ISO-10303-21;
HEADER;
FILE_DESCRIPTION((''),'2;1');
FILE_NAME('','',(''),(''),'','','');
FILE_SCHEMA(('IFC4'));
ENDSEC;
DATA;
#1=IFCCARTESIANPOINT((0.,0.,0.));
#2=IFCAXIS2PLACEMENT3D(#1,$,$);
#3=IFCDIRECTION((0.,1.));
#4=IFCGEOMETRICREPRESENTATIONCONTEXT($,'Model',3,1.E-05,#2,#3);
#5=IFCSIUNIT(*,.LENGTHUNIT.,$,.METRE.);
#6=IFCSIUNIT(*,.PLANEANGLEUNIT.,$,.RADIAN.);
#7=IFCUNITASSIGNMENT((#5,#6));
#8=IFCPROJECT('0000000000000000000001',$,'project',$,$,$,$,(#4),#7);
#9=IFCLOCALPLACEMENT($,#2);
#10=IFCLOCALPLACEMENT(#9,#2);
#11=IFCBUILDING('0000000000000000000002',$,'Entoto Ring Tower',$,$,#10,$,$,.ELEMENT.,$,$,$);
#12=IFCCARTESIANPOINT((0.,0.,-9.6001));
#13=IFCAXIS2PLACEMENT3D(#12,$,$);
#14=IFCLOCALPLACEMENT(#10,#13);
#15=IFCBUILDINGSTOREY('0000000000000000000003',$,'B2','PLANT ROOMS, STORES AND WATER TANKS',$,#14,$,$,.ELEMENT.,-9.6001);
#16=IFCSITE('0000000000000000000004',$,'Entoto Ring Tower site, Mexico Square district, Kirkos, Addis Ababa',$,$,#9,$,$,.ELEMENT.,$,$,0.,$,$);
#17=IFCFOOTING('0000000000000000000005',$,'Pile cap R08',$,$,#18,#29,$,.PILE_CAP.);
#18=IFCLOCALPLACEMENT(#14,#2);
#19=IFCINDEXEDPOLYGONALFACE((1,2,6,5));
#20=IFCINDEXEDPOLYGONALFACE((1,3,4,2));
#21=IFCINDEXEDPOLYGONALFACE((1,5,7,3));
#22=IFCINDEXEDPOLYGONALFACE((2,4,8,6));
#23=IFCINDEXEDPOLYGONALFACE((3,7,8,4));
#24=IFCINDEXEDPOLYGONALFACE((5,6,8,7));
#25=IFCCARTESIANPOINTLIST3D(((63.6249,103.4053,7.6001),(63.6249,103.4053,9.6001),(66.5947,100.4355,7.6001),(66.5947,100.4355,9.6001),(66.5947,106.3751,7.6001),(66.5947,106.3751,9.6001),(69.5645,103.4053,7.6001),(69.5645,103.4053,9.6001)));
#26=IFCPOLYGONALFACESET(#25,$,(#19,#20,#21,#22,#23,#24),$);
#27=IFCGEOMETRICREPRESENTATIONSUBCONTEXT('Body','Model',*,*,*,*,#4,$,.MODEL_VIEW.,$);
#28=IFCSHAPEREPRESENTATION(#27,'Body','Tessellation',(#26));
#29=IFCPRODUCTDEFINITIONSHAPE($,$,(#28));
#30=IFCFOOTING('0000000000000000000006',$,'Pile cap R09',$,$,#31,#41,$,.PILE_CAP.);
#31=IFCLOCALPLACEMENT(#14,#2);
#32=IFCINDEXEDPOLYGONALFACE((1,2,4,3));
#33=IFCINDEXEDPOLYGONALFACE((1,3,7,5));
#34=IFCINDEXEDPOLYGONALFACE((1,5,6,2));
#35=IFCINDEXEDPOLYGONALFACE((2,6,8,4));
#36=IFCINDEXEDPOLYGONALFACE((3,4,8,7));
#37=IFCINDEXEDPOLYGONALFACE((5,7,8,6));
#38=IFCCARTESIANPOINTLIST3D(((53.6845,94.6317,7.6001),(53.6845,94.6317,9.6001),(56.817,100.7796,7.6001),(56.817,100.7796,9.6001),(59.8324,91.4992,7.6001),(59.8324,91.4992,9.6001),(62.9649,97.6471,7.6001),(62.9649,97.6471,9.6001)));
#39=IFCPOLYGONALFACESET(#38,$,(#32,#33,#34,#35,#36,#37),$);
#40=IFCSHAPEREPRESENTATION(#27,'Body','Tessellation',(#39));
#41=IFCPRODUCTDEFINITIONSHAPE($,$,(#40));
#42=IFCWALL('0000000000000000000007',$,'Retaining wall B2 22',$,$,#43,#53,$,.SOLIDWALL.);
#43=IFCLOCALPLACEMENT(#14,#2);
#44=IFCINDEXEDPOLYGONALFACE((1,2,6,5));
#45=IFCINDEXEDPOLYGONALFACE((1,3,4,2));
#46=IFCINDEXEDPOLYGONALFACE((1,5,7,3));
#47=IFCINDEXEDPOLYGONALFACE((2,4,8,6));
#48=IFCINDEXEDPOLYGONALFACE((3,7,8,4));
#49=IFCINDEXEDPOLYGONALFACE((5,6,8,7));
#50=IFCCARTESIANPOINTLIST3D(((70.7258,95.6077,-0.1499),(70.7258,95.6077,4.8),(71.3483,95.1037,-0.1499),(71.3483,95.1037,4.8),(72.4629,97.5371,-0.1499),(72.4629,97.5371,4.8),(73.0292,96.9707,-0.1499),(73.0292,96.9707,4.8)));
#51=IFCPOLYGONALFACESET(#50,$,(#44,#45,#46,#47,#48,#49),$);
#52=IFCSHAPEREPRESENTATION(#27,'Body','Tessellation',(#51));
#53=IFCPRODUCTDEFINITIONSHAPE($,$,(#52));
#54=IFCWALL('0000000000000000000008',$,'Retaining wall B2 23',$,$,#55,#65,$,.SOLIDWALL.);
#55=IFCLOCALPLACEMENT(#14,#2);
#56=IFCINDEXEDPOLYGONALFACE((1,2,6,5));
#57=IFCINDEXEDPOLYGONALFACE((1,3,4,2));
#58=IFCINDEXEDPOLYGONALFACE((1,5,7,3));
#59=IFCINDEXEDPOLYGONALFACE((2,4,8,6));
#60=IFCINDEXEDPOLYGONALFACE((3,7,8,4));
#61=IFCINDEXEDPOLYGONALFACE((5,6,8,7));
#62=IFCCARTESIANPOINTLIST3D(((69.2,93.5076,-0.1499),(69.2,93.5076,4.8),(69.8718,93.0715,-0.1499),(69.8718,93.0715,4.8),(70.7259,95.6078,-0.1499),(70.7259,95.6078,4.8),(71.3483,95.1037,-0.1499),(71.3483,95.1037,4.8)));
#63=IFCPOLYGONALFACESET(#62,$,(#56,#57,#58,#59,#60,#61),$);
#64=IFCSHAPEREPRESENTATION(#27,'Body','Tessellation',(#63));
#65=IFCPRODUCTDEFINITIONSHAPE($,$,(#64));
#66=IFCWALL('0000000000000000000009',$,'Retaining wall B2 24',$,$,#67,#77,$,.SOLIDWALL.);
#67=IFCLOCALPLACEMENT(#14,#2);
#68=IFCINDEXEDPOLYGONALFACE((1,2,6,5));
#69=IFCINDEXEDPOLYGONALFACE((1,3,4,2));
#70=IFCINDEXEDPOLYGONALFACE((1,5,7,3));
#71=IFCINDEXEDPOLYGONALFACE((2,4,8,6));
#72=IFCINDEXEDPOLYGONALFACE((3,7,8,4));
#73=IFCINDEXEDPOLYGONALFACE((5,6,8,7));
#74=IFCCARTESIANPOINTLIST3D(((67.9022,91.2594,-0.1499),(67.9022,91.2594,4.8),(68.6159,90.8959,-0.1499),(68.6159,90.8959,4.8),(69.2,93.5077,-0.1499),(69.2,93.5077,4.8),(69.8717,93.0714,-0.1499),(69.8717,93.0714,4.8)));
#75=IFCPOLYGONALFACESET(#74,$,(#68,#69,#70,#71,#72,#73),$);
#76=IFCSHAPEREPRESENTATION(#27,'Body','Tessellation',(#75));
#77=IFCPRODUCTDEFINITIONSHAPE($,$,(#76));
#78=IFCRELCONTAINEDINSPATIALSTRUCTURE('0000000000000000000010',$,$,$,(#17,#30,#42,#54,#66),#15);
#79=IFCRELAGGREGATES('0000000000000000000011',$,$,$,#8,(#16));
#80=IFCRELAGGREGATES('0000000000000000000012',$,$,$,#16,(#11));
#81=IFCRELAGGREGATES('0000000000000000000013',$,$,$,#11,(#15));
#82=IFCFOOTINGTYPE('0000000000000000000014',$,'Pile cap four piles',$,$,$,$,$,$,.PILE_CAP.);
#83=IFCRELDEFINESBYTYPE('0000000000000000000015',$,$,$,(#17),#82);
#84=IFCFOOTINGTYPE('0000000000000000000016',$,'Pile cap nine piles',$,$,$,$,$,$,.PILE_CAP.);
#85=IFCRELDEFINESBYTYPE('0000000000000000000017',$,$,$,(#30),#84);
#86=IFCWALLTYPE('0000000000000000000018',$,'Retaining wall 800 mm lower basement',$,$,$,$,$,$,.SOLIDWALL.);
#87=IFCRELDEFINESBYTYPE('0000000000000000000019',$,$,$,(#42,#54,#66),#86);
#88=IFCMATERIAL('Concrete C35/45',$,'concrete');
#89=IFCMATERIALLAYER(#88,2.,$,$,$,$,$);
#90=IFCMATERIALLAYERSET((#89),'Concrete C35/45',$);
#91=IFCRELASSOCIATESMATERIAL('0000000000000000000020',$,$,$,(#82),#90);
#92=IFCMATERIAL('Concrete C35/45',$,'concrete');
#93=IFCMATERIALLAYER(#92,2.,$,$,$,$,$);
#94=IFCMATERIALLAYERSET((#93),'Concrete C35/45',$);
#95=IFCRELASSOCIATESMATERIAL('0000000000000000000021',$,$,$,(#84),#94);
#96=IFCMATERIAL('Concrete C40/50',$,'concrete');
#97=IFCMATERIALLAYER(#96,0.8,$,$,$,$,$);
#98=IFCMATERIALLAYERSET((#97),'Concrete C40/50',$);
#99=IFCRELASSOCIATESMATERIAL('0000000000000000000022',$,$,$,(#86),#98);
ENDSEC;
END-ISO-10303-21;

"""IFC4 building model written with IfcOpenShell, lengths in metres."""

from ifc_helpers import new_model, si_unit, direction, frame, origin, origin_2d, place, context, subcontext, project, spatial, polyline, rectangle, outline, extrude, material, layer, layer_set, type_object, element, save


model = new_model("IFC4")

# Units and contexts
model_context = context("Model", 3, precision=1e-05, world=origin(), true_north=direction((0.0, 1.0)))
body_context = subcontext(model_context, "Body", "Model", "MODEL_VIEW")
ifc_project = project(units=[si_unit("LENGTHUNIT", "METRE"), si_unit("PLANEANGLEUNIT", "RADIAN")], contexts=[model_context])

# Site, building, storey
site_placement = place(None, origin())
site = spatial("IfcSite", under=ifc_project, at=site_placement, Name="Entoto Ring Tower site, Mexico Square district, Kirkos, Addis Ababa", CompositionType="ELEMENT", RefElevation=0.0)
building_placement = place(site_placement, origin())
building = spatial("IfcBuilding", under=site, at=building_placement, Name="Entoto Ring Tower", CompositionType="ELEMENT")
storey_placement = place(building_placement, frame((0.0, 0.0, -9.6001)))
storey = spatial("IfcBuildingStorey", under=building, at=storey_placement, Name="B2", Description="PLANT ROOMS, STORES AND WATER TANKS", CompositionType="ELEMENT", Elevation=-9.6001)

# Footings
ifc_material_1 = material(Name="Concrete C35/45", Category="concrete")
ifc_layer_1 = layer(ifc_material_1, 2.0)
ifc_layer_set_1 = layer_set([ifc_layer_1], Name="Concrete C35/45")
footing_type_1 = type_object("IfcFootingType", Name="Pile cap four piles", PredefinedType="PILE_CAP", material=ifc_layer_set_1)
footing_1_placement = place(storey_placement, frame((66.5947, 103.4053, 7.6001), z_axis=(0.0, 0.0, 1.0), x_axis=(-0.707107, 0.707107, 0.0)))
element("IfcFooting", 1, at=footing_1_placement, inside=storey, type_object=footing_type_1, Name="Pile cap R08", PredefinedType="PILE_CAP", context=body_context, shape_type="SweptSolid", body=[
    extrude(rectangle(XDim=4.2, YDim=4.2, at=origin_2d()), origin(), (0.0, 0.0, 1.0), 2.0),
])
ifc_material_2 = material(Name="Concrete C35/45", Category="concrete")
ifc_layer_2 = layer(ifc_material_2, 2.0)
ifc_layer_set_2 = layer_set([ifc_layer_2], Name="Concrete C35/45")
footing_type_2 = type_object("IfcFootingType", Name="Pile cap nine piles", PredefinedType="PILE_CAP", material=ifc_layer_set_2)
footing_2_placement = place(storey_placement, frame((58.3247, 96.1394, 7.6001), z_axis=(0.0, 0.0, 1.0), x_axis=(-0.891007, 0.45399, 0.0)))
element("IfcFooting", 2, at=footing_2_placement, inside=storey, type_object=footing_type_2, Name="Pile cap R09", PredefinedType="PILE_CAP", context=body_context, shape_type="SweptSolid", body=[
    extrude(rectangle(XDim=6.8999, YDim=6.8999, at=origin_2d()), origin(), (0.0, 0.0, 1.0), 2.0),
])

# Walls
ifc_material_3 = material(Name="Concrete C40/50", Category="concrete")
ifc_layer_3 = layer(ifc_material_3, 0.8)
ifc_layer_set_3 = layer_set([ifc_layer_3], Name="Concrete C40/50")
wall_type = type_object("IfcWallType", Name="Retaining wall 800 mm lower basement", PredefinedType="SOLIDWALL", material=ifc_layer_set_3)
wall_placement = place(storey_placement, frame((72.7461, 97.2539, -0.1499), z_axis=(0.0, 0.0, 1.0), x_axis=(-0.669097, -0.743175, 0.0)))
element("IfcWall", 3, at=wall_placement, inside=storey, type_object=wall_type, Name="Retaining wall B2 22", PredefinedType="SOLIDWALL", context=body_context, shape_type="SweptSolid", body=[
    extrude(outline(polyline([(-0.021, -0.3999), (2.5752, -0.3999), (2.5332, 0.3999), (0.021, 0.3999), (-0.021, -0.3999)])), origin(), (0.0, 0.0, 1.0), 4.95),
])
for number, where, z_axis, x_axis, name in (
    (4, (71.0371, 95.3557, -0.1499), (0.0, 0.0, 1.0), (-0.587802, -0.809005, 0.0), "Retaining wall B2 23"),
    (5, (69.5359, 93.2896, -0.1499), (0.0, 0.0, 1.0), (-0.499943, -0.866058, 0.0), "Retaining wall B2 24"),
):
    element("IfcWall", number, at=place(storey_placement, frame(where, z_axis=z_axis, x_axis=x_axis)), inside=storey, type_object=wall_type, Name=name, PredefinedType="SOLIDWALL", context=body_context, shape_type="SweptSolid", body=[
        extrude(outline(polyline([(-0.021, -0.3999), (2.575, -0.3999), (2.533, 0.3999), (0.021, 0.3999), (-0.021, -0.3999)])), origin(), (0.0, 0.0, 1.0), 4.95),
    ])

save(model, "model.ifc")
